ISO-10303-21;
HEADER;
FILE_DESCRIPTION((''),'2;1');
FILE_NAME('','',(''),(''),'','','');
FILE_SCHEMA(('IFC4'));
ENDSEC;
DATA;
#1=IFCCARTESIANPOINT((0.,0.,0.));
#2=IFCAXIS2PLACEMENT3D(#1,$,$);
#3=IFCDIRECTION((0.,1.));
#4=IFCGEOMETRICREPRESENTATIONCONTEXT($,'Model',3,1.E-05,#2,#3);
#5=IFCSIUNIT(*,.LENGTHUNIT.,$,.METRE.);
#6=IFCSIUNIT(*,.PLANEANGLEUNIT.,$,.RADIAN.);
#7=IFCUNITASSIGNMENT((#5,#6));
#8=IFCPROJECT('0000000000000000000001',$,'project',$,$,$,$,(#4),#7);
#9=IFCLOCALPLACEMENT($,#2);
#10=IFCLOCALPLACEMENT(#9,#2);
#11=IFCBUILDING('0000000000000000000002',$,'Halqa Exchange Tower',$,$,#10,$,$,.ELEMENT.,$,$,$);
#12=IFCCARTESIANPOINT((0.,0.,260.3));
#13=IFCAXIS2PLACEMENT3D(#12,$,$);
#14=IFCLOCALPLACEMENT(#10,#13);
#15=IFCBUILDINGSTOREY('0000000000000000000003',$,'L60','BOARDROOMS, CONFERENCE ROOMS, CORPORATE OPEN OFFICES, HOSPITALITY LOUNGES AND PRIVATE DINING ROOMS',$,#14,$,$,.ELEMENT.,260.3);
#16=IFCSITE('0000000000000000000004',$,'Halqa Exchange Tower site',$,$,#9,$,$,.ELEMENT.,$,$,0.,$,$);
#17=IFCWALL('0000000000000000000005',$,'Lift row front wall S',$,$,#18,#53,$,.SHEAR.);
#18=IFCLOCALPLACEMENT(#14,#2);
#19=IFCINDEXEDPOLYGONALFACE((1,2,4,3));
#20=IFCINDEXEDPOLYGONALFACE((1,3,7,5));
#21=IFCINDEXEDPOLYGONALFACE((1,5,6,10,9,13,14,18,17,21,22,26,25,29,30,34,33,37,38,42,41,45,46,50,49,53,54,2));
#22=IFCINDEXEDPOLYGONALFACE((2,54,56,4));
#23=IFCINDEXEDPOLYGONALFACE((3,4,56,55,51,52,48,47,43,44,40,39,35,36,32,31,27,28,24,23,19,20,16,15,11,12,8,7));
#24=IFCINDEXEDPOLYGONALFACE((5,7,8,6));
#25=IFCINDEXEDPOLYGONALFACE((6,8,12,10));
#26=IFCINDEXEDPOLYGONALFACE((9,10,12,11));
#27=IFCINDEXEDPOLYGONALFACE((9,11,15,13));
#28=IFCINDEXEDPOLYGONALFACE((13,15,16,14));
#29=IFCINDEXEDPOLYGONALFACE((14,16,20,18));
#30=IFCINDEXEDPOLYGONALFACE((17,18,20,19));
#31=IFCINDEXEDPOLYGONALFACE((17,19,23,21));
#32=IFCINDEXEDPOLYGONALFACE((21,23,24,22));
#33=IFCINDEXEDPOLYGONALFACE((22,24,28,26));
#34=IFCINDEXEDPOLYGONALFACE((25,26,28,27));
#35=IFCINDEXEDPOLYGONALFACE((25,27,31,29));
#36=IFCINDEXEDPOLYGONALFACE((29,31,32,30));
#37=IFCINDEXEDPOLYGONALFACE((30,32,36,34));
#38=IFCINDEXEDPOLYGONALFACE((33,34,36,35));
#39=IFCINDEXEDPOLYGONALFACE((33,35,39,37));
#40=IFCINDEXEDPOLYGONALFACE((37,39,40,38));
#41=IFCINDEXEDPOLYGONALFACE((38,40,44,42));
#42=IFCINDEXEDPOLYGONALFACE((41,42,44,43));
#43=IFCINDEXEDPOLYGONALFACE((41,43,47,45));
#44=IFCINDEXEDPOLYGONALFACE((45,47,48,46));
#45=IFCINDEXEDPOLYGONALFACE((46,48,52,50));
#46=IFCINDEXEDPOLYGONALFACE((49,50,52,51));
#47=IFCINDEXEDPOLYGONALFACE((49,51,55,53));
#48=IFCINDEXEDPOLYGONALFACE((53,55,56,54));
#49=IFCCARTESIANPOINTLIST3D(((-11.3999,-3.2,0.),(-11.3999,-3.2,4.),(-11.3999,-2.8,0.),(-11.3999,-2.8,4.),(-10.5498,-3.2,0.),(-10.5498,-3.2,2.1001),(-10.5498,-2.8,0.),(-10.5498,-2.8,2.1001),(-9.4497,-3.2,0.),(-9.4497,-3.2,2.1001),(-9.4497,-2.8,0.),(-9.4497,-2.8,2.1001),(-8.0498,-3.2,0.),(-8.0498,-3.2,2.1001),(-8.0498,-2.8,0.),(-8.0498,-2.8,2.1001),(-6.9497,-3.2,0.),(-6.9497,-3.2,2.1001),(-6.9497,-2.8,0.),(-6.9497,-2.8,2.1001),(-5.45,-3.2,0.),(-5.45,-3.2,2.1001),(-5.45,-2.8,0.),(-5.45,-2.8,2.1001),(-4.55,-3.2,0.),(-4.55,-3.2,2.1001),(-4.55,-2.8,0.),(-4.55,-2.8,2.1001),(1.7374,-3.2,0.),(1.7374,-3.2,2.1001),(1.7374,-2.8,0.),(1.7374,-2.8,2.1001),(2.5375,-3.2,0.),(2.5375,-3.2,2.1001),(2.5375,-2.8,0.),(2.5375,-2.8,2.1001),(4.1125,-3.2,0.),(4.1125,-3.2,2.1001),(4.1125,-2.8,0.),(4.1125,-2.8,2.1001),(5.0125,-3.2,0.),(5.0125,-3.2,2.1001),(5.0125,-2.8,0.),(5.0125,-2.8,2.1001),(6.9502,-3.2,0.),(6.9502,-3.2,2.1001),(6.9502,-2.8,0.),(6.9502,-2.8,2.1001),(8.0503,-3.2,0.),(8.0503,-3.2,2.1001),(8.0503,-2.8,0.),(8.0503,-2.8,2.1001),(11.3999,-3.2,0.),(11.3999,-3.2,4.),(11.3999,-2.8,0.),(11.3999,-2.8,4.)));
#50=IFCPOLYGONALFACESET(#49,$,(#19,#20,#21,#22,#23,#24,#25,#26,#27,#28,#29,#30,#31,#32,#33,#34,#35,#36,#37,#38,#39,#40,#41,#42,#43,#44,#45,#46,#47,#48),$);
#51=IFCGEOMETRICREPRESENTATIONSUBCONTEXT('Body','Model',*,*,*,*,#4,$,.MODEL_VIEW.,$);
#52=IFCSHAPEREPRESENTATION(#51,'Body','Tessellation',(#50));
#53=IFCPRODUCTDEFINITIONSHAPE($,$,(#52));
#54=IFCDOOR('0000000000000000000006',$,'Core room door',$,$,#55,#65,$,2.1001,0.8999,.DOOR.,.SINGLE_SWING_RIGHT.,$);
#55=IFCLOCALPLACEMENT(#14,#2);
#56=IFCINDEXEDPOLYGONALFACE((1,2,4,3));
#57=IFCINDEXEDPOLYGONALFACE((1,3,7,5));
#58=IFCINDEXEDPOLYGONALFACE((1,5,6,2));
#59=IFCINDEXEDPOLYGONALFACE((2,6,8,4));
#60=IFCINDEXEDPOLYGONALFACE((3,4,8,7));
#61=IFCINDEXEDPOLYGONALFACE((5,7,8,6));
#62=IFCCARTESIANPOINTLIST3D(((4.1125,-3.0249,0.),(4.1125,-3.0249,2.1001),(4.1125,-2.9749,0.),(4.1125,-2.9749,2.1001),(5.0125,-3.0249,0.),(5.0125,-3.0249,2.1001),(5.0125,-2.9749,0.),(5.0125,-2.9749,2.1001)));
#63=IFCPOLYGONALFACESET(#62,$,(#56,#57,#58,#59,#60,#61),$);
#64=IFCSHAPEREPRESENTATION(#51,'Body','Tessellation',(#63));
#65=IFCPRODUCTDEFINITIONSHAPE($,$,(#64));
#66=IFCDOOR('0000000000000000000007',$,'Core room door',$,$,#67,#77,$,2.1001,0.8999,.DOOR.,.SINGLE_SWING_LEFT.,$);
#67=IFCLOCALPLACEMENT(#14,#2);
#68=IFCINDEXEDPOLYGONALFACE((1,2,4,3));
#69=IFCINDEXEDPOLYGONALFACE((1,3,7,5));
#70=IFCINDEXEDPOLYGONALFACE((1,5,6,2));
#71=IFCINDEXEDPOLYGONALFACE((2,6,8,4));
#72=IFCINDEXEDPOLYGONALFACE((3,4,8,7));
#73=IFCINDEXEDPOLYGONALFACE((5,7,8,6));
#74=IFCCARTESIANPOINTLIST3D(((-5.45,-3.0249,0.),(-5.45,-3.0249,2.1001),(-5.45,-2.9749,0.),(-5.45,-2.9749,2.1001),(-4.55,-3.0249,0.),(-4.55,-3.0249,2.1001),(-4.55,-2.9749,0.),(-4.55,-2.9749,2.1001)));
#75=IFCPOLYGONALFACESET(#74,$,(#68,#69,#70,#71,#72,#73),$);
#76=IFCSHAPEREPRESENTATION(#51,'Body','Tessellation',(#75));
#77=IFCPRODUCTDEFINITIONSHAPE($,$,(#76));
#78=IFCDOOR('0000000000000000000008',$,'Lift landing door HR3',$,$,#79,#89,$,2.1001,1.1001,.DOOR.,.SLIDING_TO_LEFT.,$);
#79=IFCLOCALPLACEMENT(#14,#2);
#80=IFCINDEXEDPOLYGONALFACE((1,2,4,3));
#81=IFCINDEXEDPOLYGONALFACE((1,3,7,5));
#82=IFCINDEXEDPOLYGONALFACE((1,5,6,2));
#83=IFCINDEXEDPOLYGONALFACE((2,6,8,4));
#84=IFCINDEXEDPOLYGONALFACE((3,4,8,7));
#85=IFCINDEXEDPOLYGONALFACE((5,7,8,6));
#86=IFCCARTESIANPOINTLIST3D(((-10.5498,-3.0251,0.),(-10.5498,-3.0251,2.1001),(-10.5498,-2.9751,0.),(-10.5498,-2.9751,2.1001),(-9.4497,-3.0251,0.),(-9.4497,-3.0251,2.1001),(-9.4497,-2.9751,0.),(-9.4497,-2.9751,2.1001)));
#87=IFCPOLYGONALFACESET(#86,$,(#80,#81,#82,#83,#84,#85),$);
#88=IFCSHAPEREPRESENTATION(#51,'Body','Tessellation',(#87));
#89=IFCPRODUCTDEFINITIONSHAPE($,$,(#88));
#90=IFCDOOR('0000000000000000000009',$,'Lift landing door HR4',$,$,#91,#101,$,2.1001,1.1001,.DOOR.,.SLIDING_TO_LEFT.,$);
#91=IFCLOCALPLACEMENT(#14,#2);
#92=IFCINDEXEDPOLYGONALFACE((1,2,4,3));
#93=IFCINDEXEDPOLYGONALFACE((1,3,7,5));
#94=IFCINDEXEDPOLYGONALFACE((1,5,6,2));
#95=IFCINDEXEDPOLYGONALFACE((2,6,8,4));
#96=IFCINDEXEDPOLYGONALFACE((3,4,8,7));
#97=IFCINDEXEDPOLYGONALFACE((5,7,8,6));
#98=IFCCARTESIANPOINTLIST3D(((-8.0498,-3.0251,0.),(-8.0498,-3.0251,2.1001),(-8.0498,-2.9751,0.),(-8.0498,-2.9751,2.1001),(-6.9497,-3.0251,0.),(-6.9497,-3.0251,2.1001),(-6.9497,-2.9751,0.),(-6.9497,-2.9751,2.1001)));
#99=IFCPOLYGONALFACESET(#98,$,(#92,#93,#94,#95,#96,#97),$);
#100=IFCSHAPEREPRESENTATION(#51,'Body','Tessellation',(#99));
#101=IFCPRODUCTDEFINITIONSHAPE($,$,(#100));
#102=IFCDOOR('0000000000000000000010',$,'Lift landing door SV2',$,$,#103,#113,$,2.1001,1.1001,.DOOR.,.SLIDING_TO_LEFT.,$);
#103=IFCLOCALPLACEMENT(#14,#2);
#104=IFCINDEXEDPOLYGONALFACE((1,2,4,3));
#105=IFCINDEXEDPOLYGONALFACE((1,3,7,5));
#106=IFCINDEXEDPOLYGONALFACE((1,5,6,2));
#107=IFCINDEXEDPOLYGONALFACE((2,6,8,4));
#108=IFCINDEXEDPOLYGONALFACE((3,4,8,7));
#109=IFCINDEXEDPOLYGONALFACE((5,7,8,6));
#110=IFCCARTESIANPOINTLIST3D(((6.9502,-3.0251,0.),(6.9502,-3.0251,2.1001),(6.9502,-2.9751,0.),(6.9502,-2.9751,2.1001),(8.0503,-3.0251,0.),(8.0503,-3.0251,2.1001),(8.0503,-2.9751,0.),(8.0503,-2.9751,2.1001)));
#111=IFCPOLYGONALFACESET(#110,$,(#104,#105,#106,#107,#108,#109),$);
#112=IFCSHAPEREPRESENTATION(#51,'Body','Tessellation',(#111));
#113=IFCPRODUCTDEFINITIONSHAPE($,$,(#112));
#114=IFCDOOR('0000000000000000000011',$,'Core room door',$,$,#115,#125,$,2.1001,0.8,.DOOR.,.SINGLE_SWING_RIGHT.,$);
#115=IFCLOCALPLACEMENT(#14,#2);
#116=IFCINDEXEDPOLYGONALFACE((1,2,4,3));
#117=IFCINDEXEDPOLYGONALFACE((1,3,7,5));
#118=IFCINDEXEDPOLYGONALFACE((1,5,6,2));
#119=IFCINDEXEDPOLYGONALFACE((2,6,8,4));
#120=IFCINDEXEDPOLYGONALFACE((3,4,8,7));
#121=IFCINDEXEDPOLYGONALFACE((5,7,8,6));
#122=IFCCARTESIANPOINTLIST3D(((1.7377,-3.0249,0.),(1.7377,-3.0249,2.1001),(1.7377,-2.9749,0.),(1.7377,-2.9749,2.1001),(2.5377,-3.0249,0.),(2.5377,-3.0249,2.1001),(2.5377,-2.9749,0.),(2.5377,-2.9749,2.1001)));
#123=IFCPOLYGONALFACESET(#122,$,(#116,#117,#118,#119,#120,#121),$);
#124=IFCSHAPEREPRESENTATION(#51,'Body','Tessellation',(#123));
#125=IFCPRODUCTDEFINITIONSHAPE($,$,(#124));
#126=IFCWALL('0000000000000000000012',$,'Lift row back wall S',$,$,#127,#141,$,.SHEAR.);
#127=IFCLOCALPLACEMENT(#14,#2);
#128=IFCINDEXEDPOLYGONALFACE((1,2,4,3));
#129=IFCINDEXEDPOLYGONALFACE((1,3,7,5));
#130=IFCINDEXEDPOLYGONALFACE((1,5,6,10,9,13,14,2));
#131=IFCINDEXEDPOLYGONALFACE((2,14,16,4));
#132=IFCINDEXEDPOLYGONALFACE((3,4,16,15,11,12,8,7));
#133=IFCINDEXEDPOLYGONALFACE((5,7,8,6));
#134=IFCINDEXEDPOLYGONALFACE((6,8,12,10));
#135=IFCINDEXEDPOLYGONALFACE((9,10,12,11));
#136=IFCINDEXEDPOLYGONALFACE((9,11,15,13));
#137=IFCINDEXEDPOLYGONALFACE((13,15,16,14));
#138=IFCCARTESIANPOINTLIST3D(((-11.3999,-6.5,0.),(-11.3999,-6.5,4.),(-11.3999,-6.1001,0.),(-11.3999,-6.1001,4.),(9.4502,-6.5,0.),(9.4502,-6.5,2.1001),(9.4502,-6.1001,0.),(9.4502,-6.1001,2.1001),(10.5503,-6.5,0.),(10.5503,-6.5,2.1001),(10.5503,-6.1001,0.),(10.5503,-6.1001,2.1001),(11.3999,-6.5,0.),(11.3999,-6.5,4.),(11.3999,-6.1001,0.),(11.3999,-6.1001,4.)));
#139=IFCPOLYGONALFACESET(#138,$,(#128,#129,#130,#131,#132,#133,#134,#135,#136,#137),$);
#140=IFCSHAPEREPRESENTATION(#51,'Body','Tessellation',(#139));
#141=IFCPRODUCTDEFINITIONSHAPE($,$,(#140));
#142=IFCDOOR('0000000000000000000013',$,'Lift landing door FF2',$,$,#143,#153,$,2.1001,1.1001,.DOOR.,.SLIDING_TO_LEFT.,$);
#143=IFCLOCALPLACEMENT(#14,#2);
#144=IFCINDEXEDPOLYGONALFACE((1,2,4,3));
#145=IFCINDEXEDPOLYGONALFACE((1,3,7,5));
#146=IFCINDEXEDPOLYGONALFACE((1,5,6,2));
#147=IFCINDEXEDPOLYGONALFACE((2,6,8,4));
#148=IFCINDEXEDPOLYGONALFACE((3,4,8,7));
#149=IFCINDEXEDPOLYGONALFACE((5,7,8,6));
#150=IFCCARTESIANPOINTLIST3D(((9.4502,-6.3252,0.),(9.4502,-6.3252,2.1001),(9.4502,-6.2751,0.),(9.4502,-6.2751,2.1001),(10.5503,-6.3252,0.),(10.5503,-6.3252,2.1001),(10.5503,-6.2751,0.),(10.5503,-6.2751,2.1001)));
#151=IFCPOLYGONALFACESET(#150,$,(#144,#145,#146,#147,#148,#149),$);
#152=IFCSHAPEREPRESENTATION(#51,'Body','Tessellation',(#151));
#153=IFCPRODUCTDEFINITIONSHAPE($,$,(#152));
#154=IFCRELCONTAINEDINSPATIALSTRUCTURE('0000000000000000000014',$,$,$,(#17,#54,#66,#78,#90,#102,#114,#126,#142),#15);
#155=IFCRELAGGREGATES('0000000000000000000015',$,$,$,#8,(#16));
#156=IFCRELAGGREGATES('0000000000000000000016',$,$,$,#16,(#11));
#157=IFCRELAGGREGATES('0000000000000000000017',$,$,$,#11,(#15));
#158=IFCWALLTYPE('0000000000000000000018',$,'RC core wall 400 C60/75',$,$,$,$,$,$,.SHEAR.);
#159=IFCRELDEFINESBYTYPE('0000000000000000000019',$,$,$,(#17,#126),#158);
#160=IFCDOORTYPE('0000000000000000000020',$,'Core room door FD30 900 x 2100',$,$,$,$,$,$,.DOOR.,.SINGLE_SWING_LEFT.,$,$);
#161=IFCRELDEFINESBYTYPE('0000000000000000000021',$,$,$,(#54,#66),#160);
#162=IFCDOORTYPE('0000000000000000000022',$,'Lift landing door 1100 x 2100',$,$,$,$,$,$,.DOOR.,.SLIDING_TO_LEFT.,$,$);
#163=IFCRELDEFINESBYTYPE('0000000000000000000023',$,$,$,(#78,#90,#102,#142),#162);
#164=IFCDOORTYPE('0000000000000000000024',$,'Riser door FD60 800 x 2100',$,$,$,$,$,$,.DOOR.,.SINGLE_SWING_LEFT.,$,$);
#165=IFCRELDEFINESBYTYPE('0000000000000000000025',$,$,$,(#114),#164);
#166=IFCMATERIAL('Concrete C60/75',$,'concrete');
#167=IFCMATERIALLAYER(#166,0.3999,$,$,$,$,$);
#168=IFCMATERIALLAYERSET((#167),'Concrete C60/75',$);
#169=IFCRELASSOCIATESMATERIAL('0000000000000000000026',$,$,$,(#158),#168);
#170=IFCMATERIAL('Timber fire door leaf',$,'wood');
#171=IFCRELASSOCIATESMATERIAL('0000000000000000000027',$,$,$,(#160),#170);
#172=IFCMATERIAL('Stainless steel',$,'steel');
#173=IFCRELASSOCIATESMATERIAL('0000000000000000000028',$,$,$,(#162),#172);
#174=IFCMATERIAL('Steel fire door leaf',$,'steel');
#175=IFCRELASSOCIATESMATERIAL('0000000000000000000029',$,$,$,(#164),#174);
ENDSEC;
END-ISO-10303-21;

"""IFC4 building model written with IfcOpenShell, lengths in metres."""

from ifc_helpers import new_model, si_unit, direction, frame, frame_2d, origin, place, context, subcontext, project, spatial, rectangle, extrude, material, layer, layer_set, type_object, element, fill, save


model = new_model("IFC4")

# Units and contexts
model_context = context("Model", 3, precision=1e-05, world=origin(), true_north=direction((0.0, 1.0)))
body_context = subcontext(model_context, "Body", "Model", "MODEL_VIEW")
ifc_project = project(units=[si_unit("LENGTHUNIT", "METRE"), si_unit("PLANEANGLEUNIT", "RADIAN")], contexts=[model_context])

# Site, building, storey
site_placement = place(None, origin())
site = spatial("IfcSite", under=ifc_project, at=site_placement, Name="Halqa Exchange Tower site", CompositionType="ELEMENT", RefElevation=0.0)
building_placement = place(site_placement, origin())
building = spatial("IfcBuilding", under=site, at=building_placement, Name="Halqa Exchange Tower", CompositionType="ELEMENT")
storey_placement = place(building_placement, frame((0.0, 0.0, 260.3)))
storey = spatial("IfcBuildingStorey", under=building, at=storey_placement, Name="L60", Description="BOARDROOMS, CONFERENCE ROOMS, CORPORATE OPEN OFFICES, HOSPITALITY LOUNGES AND PRIVATE DINING ROOMS", CompositionType="ELEMENT", Elevation=260.3)

# Shared definitions
ifc_material_1 = material(Name="Concrete C60/75", Category="concrete")

# Wall, openings, doors
ifc_layer_1 = layer(ifc_material_1, 0.3999)
ifc_layer_set_1 = layer_set([ifc_layer_1], Name="Concrete C60/75")
wall_type_1 = type_object("IfcWallType", Name="RC core wall 400 C60/75", PredefinedType="SHEAR", material=ifc_layer_set_1)
wall_1_placement = place(storey_placement, frame((-11.3999, -3.0, 0.0), z_axis=(0.0, 0.0, 1.0), x_axis=(1.0, 0.0, 0.0)))
wall_1 = element("IfcWall", 1, at=wall_1_placement, inside=storey, type_object=wall_type_1, Name="Lift row front wall S", PredefinedType="SHEAR", context=body_context, shape_type="SweptSolid", body=[
    extrude(rectangle(XDim=22.7998, YDim=0.3999, at=frame_2d((11.3999, 0.0))), origin(), (0.0, 0.0, 1.0), 4.0),
])
opening_1_placement = place(wall_1_placement, frame((0.8501, 0.0, 0.0)))
opening_1 = element("IfcOpeningElement", 2, at=opening_1_placement, cuts=wall_1, PredefinedType="OPENING", context=body_context, shape_type="SweptSolid", body=[
    extrude(rectangle(XDim=1.1001, YDim=2.1001, at=frame_2d((0.55, 1.05))), frame((0.0, 0.2119, 0.0), z_axis=(0.0, -1.0, 0.0), x_axis=(1.0, 0.0, 0.0)), (0.0, 0.0, 1.0), 0.4238),
])
opening_2_placement = place(wall_1_placement, frame((3.3501, 0.0, 0.0)))
opening_2 = element("IfcOpeningElement", 3, at=opening_2_placement, cuts=wall_1, PredefinedType="OPENING", context=body_context, shape_type="SweptSolid", body=[
    extrude(rectangle(XDim=1.1001, YDim=2.1001, at=frame_2d((0.55, 1.05))), frame((0.0, 0.2119, 0.0), z_axis=(0.0, -1.0, 0.0), x_axis=(1.0, 0.0, 0.0)), (0.0, 0.0, 1.0), 0.4238),
])
opening_3_placement = place(wall_1_placement, frame((18.3501, 0.0, 0.0)))
opening_3 = element("IfcOpeningElement", 4, at=opening_3_placement, cuts=wall_1, PredefinedType="OPENING", context=body_context, shape_type="SweptSolid", body=[
    extrude(rectangle(XDim=1.1001, YDim=2.1001, at=frame_2d((0.55, 1.05))), frame((0.0, 0.2119, 0.0), z_axis=(0.0, -1.0, 0.0), x_axis=(1.0, 0.0, 0.0)), (0.0, 0.0, 1.0), 0.4238),
])
opening_4_placement = place(wall_1_placement, frame((13.1375, 0.0, 0.0)))
opening_4 = element("IfcOpeningElement", 5, at=opening_4_placement, cuts=wall_1, PredefinedType="OPENING", context=body_context, shape_type="SweptSolid", body=[
    extrude(rectangle(XDim=0.8, YDim=2.1001, at=frame_2d((0.3999, 1.05))), frame((0.0, 0.2119, 0.0), z_axis=(0.0, -1.0, 0.0), x_axis=(1.0, 0.0, 0.0)), (0.0, 0.0, 1.0), 0.4238),
])
opening_5_placement = place(wall_1_placement, frame((15.5125, 0.0, 0.0)))
opening_5 = element("IfcOpeningElement", 6, at=opening_5_placement, cuts=wall_1, PredefinedType="OPENING", context=body_context, shape_type="SweptSolid", body=[
    extrude(rectangle(XDim=0.8999, YDim=2.1001, at=frame_2d((0.45, 1.05))), frame((0.0, 0.2119, 0.0), z_axis=(0.0, -1.0, 0.0), x_axis=(1.0, 0.0, 0.0)), (0.0, 0.0, 1.0), 0.4238),
])
opening_6_placement = place(wall_1_placement, frame((5.95, 0.0, 0.0)))
opening_6 = element("IfcOpeningElement", 7, at=opening_6_placement, cuts=wall_1, PredefinedType="OPENING", context=body_context, shape_type="SweptSolid", body=[
    extrude(rectangle(XDim=0.8999, YDim=2.1001, at=frame_2d((0.45, 1.05))), frame((0.0, 0.2119, 0.0), z_axis=(0.0, -1.0, 0.0), x_axis=(1.0, 0.0, 0.0)), (0.0, 0.0, 1.0), 0.4238),
])
ifc_material_2 = material(Name="Timber fire door leaf", Category="wood")
door_type_1 = type_object("IfcDoorType", Name="Core room door FD30 900 x 2100", OperationType="SINGLE_SWING_LEFT", PredefinedType="DOOR", material=ifc_material_2)
door_1_placement = place(opening_5_placement, frame((0.8999, 0.0, 0.0), z_axis=(0.0, 0.0, 1.0), x_axis=(-1.0, 0.0, 0.0)))
door_1 = element("IfcDoor", 8, at=door_1_placement, inside=storey, type_object=door_type_1, Name="Core room door", OperationType="SINGLE_SWING_RIGHT", OverallHeight=2.1001, OverallWidth=0.8999, PredefinedType="DOOR", context=body_context, shape_type="SweptSolid", body=[
    extrude(rectangle(XDim=0.8999, YDim=2.1001, at=frame_2d((0.45, 1.05))), frame((0.0, 0.0249, 0.0), z_axis=(0.0, -1.0, 0.0), x_axis=(1.0, 0.0, 0.0)), (0.0, 0.0, 1.0), 0.05),
])
fill(opening_5, door_1)
door_2_placement = place(opening_6_placement, frame((0.8999, 0.0, 0.0), z_axis=(0.0, 0.0, 1.0), x_axis=(-1.0, 0.0, 0.0)))
door_2 = element("IfcDoor", 9, at=door_2_placement, inside=storey, type_object=door_type_1, Name="Core room door", OperationType="SINGLE_SWING_LEFT", OverallHeight=2.1001, OverallWidth=0.8999, PredefinedType="DOOR", context=body_context, shape_type="SweptSolid", body=[
    extrude(rectangle(XDim=0.8999, YDim=2.1001, at=frame_2d((0.45, 1.05))), frame((0.0, 0.0249, 0.0), z_axis=(0.0, -1.0, 0.0), x_axis=(1.0, 0.0, 0.0)), (0.0, 0.0, 1.0), 0.05),
])
fill(opening_6, door_2)
ifc_material_3 = material(Name="Stainless steel", Category="steel")
door_type_2 = type_object("IfcDoorType", Name="Lift landing door 1100 x 2100", OperationType="SLIDING_TO_LEFT", PredefinedType="DOOR", material=ifc_material_3)
door_3_placement = place(opening_1_placement, origin())
door_3 = element("IfcDoor", 10, at=door_3_placement, inside=storey, type_object=door_type_2, Name="Lift landing door HR3", OperationType="SLIDING_TO_LEFT", OverallHeight=2.1001, OverallWidth=1.1001, PredefinedType="DOOR", context=body_context, shape_type="SweptSolid", body=[
    extrude(rectangle(XDim=1.1001, YDim=2.1001, at=frame_2d((0.55, 1.05))), frame((0.0, 0.0249, 0.0), z_axis=(0.0, -1.0, 0.0), x_axis=(1.0, 0.0, 0.0)), (0.0, 0.0, 1.0), 0.05),
])
fill(opening_1, door_3)
door_4_placement = place(opening_2_placement, origin())
door_4 = element("IfcDoor", 11, at=door_4_placement, inside=storey, type_object=door_type_2, Name="Lift landing door HR4", OperationType="SLIDING_TO_LEFT", OverallHeight=2.1001, OverallWidth=1.1001, PredefinedType="DOOR", context=body_context, shape_type="SweptSolid", body=[
    extrude(rectangle(XDim=1.1001, YDim=2.1001, at=frame_2d((0.55, 1.05))), frame((0.0, 0.0249, 0.0), z_axis=(0.0, -1.0, 0.0), x_axis=(1.0, 0.0, 0.0)), (0.0, 0.0, 1.0), 0.05),
])
fill(opening_2, door_4)
door_5_placement = place(opening_3_placement, origin())
door_5 = element("IfcDoor", 12, at=door_5_placement, inside=storey, type_object=door_type_2, Name="Lift landing door SV2", OperationType="SLIDING_TO_LEFT", OverallHeight=2.1001, OverallWidth=1.1001, PredefinedType="DOOR", context=body_context, shape_type="SweptSolid", body=[
    extrude(rectangle(XDim=1.1001, YDim=2.1001, at=frame_2d((0.55, 1.05))), frame((0.0, 0.0249, 0.0), z_axis=(0.0, -1.0, 0.0), x_axis=(1.0, 0.0, 0.0)), (0.0, 0.0, 1.0), 0.05),
])
fill(opening_3, door_5)
ifc_material_4 = material(Name="Steel fire door leaf", Category="steel")
door_type_3 = type_object("IfcDoorType", Name="Riser door FD60 800 x 2100", OperationType="SINGLE_SWING_LEFT", PredefinedType="DOOR", material=ifc_material_4)
door_6_placement = place(opening_4_placement, frame((0.8, 0.0, 0.0), z_axis=(0.0, 0.0, 1.0), x_axis=(-1.0, 0.0, 0.0)))
door_6 = element("IfcDoor", 13, at=door_6_placement, inside=storey, type_object=door_type_3, Name="Core room door", OperationType="SINGLE_SWING_RIGHT", OverallHeight=2.1001, OverallWidth=0.8, PredefinedType="DOOR", context=body_context, shape_type="SweptSolid", body=[
    extrude(rectangle(XDim=0.8, YDim=2.1001, at=frame_2d((0.3999, 1.05))), frame((0.0, 0.0249, 0.0), z_axis=(0.0, -1.0, 0.0), x_axis=(1.0, 0.0, 0.0)), (0.0, 0.0, 1.0), 0.05),
])
fill(opening_4, door_6)

# Wall, opening, door
wall_2_placement = place(storey_placement, frame((-11.3999, -6.3, 0.0), z_axis=(0.0, 0.0, 1.0), x_axis=(1.0, 0.0, 0.0)))
wall_2 = element("IfcWall", 14, at=wall_2_placement, inside=storey, type_object=wall_type_1, Name="Lift row back wall S", PredefinedType="SHEAR", context=body_context, shape_type="SweptSolid", body=[
    extrude(rectangle(XDim=22.7998, YDim=0.3999, at=frame_2d((11.3999, 0.0))), origin(), (0.0, 0.0, 1.0), 4.0),
])
opening_7_placement = place(wall_2_placement, frame((20.8501, 0.0, 0.0)))
opening_7 = element("IfcOpeningElement", 15, at=opening_7_placement, cuts=wall_2, PredefinedType="OPENING", context=body_context, shape_type="SweptSolid", body=[
    extrude(rectangle(XDim=1.1001, YDim=2.1001, at=frame_2d((0.55, 1.05))), frame((0.0, 0.2119, 0.0), z_axis=(0.0, -1.0, 0.0), x_axis=(1.0, 0.0, 0.0)), (0.0, 0.0, 1.0), 0.4238),
])
door_7_placement = place(opening_7_placement, origin())
door_7 = element("IfcDoor", 16, at=door_7_placement, inside=storey, type_object=door_type_2, Name="Lift landing door FF2", OperationType="SLIDING_TO_LEFT", OverallHeight=2.1001, OverallWidth=1.1001, PredefinedType="DOOR", context=body_context, shape_type="SweptSolid", body=[
    extrude(rectangle(XDim=1.1001, YDim=2.1001, at=frame_2d((0.55, 1.05))), frame((0.0, 0.0249, 0.0), z_axis=(0.0, -1.0, 0.0), x_axis=(1.0, 0.0, 0.0)), (0.0, 0.0, 1.0), 0.05),
])
fill(opening_7, door_7)

save(model, "model.ifc")
